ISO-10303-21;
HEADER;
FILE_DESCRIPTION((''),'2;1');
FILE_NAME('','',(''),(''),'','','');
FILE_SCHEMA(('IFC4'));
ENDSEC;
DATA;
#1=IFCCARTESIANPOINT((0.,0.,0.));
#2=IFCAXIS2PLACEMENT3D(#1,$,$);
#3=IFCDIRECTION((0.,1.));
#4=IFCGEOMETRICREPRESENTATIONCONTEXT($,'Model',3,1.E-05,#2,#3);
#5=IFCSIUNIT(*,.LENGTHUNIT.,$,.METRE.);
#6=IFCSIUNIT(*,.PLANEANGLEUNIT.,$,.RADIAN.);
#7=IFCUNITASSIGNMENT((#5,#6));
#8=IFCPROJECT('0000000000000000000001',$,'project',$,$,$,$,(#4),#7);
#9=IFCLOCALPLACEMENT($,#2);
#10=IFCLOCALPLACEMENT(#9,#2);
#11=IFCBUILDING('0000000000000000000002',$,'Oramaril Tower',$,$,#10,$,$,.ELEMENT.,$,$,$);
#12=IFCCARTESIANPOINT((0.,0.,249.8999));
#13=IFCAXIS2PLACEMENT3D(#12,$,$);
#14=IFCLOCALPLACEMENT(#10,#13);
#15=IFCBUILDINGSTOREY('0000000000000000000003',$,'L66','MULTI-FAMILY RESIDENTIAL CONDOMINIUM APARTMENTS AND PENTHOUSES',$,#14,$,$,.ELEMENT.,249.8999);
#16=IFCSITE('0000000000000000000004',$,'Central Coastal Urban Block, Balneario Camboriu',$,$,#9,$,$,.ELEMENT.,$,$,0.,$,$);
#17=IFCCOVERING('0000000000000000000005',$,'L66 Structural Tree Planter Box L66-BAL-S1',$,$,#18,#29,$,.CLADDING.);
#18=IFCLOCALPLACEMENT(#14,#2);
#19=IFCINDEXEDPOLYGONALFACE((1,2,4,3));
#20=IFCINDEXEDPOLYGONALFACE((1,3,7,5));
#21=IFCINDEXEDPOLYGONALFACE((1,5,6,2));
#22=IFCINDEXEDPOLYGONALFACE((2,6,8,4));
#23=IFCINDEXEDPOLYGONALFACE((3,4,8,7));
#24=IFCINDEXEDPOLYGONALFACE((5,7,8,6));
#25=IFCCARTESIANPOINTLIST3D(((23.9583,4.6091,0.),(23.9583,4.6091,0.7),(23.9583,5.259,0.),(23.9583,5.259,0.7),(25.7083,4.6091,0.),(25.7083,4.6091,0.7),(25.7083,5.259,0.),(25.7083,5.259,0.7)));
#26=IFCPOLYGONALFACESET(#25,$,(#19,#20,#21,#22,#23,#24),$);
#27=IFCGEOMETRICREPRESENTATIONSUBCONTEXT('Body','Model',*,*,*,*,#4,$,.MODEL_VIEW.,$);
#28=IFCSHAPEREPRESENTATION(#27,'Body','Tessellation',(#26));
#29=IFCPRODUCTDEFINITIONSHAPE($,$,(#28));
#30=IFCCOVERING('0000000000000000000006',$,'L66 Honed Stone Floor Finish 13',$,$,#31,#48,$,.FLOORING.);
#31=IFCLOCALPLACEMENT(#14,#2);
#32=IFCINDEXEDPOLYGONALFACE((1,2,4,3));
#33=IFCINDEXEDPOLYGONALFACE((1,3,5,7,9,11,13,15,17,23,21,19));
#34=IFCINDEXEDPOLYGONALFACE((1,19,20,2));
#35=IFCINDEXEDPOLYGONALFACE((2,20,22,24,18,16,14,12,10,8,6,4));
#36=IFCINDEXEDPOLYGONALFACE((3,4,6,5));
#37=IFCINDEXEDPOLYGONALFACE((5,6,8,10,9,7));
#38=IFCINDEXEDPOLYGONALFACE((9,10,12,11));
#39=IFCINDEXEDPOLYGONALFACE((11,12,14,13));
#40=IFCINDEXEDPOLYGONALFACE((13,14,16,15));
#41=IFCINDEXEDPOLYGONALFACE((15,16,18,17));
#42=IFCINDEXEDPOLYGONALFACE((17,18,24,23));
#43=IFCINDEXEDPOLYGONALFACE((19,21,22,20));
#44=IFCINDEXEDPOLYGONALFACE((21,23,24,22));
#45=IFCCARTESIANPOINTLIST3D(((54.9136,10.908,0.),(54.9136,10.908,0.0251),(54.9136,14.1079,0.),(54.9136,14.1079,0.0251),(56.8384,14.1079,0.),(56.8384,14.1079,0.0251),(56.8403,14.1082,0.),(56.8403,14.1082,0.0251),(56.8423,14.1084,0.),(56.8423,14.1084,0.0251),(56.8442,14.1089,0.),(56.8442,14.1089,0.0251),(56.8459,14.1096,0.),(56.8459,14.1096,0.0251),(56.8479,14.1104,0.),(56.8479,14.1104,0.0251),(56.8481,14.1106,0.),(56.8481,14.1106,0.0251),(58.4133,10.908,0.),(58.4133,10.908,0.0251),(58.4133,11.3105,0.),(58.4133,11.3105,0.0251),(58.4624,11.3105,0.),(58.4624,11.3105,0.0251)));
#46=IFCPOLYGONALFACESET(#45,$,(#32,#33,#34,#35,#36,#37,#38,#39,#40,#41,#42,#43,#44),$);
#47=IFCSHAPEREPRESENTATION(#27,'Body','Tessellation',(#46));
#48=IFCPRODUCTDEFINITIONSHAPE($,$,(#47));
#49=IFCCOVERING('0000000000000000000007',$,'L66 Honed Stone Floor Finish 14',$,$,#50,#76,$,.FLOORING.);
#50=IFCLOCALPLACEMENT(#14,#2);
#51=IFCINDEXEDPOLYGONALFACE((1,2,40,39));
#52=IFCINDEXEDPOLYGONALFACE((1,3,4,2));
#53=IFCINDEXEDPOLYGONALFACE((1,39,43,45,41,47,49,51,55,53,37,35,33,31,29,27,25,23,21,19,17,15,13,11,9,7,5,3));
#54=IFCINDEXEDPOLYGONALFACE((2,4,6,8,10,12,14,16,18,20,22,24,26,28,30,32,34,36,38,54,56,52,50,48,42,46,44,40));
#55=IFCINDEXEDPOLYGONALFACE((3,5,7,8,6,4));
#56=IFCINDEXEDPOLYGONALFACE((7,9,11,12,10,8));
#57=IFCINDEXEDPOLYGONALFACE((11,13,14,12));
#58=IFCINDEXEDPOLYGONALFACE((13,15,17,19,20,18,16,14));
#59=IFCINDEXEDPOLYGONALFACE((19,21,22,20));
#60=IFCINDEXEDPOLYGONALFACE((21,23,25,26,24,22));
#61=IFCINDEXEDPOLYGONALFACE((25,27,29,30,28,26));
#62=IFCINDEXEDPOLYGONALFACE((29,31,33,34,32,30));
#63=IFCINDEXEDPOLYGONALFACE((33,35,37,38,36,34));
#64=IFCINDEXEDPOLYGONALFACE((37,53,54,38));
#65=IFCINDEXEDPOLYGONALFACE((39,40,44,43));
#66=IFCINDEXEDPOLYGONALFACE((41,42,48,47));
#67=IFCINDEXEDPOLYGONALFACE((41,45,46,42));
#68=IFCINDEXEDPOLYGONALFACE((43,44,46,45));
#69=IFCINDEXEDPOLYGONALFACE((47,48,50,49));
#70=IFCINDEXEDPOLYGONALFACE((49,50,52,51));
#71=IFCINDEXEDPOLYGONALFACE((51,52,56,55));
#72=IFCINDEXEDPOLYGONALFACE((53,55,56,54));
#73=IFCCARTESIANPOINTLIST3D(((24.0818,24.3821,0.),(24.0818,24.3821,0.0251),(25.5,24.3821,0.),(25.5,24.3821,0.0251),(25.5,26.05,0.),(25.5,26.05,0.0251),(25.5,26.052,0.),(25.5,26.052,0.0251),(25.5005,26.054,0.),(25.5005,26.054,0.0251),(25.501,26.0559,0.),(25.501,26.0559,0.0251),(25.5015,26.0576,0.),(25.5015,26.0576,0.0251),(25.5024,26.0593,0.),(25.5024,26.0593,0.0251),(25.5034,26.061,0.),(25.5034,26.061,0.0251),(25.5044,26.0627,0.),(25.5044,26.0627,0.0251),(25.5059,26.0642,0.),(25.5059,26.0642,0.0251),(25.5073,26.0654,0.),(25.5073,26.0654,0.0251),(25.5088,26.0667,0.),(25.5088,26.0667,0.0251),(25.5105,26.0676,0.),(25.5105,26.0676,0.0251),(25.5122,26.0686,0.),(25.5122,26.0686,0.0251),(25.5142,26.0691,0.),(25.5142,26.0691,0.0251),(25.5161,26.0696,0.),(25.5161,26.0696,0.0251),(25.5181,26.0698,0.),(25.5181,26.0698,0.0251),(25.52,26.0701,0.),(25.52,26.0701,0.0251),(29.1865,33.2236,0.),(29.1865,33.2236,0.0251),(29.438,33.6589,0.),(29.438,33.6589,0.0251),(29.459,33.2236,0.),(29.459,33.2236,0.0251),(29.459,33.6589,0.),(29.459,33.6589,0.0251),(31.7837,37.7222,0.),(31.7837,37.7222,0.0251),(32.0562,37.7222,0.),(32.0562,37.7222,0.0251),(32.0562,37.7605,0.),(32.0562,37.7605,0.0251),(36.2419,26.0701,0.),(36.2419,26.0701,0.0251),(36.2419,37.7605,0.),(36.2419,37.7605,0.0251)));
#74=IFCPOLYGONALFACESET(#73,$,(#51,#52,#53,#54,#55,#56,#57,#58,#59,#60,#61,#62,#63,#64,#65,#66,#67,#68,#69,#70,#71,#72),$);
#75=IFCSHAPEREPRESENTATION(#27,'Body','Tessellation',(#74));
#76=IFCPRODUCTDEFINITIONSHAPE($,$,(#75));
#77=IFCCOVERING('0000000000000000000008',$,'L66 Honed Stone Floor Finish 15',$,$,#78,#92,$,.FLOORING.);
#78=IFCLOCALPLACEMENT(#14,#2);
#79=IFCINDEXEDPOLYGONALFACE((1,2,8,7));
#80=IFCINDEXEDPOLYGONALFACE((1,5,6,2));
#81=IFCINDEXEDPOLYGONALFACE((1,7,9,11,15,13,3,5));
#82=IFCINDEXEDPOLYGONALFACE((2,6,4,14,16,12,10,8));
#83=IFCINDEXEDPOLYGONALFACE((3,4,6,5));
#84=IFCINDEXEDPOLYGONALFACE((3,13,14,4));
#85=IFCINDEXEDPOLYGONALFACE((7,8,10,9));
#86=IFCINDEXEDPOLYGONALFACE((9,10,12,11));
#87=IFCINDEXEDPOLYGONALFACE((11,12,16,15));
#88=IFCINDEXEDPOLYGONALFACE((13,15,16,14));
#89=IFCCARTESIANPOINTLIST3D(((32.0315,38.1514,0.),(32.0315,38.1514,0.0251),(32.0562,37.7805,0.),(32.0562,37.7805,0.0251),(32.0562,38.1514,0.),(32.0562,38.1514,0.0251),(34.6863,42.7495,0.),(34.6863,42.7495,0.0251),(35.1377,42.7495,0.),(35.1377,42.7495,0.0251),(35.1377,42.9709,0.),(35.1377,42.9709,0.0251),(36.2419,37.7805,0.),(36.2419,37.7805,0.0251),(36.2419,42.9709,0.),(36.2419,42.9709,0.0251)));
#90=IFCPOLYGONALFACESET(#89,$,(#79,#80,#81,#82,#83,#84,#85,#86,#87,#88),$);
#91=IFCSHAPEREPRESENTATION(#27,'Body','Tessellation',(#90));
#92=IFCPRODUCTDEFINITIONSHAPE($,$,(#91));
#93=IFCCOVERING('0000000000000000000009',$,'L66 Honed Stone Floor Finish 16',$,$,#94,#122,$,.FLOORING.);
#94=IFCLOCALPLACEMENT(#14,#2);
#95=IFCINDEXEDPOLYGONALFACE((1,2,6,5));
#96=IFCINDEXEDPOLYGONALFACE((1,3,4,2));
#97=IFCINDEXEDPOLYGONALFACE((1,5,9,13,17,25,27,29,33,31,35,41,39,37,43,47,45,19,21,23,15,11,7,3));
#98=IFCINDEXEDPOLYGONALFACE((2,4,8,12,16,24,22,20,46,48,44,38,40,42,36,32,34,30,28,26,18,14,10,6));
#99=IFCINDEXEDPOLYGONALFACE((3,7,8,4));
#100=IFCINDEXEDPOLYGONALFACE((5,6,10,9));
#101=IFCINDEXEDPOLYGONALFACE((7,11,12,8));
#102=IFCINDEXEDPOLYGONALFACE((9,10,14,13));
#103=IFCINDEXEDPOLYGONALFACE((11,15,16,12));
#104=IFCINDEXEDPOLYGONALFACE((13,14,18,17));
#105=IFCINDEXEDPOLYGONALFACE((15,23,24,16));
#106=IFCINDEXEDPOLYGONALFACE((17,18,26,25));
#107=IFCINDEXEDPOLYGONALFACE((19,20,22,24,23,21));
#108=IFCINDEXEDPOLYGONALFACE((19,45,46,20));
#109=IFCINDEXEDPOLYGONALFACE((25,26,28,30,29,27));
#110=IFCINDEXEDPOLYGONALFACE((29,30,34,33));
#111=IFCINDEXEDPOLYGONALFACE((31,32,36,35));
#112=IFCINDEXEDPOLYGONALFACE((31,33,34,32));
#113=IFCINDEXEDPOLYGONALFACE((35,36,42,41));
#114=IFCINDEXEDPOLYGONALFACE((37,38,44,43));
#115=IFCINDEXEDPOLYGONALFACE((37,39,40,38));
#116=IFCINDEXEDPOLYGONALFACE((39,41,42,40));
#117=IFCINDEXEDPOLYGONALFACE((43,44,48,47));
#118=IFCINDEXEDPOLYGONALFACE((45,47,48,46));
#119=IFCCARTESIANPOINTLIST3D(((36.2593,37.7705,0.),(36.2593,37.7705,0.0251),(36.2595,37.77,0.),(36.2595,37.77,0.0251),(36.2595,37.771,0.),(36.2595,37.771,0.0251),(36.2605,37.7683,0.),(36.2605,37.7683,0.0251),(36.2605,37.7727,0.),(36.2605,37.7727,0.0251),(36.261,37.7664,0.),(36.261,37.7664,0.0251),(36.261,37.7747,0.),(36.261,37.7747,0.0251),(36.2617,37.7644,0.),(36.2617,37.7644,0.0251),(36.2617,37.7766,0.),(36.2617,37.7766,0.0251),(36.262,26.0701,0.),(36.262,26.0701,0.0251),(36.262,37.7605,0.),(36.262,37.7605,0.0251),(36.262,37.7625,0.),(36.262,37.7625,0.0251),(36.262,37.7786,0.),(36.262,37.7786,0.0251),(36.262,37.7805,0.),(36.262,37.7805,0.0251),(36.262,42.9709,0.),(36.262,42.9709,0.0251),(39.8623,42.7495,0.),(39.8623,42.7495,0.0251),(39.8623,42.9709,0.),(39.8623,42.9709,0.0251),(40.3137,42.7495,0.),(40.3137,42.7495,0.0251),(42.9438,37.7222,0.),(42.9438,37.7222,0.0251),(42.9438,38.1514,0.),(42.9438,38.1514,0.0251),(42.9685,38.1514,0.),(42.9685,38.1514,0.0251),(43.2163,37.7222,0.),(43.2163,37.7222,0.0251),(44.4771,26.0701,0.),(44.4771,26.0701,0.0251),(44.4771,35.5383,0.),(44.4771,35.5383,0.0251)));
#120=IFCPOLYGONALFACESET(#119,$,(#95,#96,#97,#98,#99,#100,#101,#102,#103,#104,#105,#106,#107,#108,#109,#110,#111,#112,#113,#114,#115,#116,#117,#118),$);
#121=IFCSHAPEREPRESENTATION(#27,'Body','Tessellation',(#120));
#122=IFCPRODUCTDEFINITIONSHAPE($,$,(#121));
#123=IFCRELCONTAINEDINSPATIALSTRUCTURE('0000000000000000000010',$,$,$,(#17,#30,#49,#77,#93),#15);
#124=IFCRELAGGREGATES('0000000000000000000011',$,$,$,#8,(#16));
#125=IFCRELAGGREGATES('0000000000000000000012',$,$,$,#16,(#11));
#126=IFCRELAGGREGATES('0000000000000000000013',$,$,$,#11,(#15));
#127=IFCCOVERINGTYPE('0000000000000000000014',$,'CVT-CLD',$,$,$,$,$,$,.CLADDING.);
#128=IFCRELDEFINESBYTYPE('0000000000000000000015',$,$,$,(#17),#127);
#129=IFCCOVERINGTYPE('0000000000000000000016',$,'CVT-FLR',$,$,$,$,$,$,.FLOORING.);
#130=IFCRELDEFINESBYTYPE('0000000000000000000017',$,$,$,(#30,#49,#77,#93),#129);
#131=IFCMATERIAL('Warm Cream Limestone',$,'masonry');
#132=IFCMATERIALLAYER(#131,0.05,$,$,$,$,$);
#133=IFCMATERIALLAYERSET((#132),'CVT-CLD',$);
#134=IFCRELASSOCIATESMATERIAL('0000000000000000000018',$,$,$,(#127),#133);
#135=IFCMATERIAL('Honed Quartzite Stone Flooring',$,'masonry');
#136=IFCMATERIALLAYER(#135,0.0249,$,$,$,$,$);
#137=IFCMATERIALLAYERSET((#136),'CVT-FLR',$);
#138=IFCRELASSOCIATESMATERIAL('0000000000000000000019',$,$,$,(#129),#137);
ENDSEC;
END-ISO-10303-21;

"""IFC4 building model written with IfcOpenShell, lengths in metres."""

from ifc_helpers import new_model, si_unit, direction, frame, origin, origin_2d, place, context, subcontext, project, spatial, polyline, rectangle, outline, extrude, material, layer, layer_set, type_object, element, save


model = new_model("IFC4")

# Units and contexts
model_context = context("Model", 3, precision=1e-05, world=origin(), true_north=direction((0.0, 1.0)))
body_context = subcontext(model_context, "Body", "Model", "MODEL_VIEW")
ifc_project = project(units=[si_unit("LENGTHUNIT", "METRE"), si_unit("PLANEANGLEUNIT", "RADIAN")], contexts=[model_context])

# Site, building, storey
site_placement = place(None, origin())
site = spatial("IfcSite", under=ifc_project, at=site_placement, Name="Central Coastal Urban Block, Balneario Camboriu", CompositionType="ELEMENT", RefElevation=0.0)
building_placement = place(site_placement, origin())
building = spatial("IfcBuilding", under=site, at=building_placement, Name="Oramaril Tower", CompositionType="ELEMENT")
storey_placement = place(building_placement, frame((0.0, 0.0, 249.8999)))
storey = spatial("IfcBuildingStorey", under=building, at=storey_placement, Name="L66", Description="MULTI-FAMILY RESIDENTIAL CONDOMINIUM APARTMENTS AND PENTHOUSES", CompositionType="ELEMENT", Elevation=249.8999)

# Coverings
ifc_material_1 = material(Name="Warm Cream Limestone", Category="masonry")
ifc_layer_1 = layer(ifc_material_1, 0.05)
ifc_layer_set_1 = layer_set([ifc_layer_1], Name="CVT-CLD")
covering_type_1 = type_object("IfcCoveringType", Name="CVT-CLD", PredefinedType="CLADDING", material=ifc_layer_set_1)
covering_1_placement = place(storey_placement, frame((24.8333, 4.9341, 0.0), z_axis=(0.0, 0.0, 1.0), x_axis=(1.0, 0.0, 0.0)))
element("IfcCovering", 1, at=covering_1_placement, inside=storey, type_object=covering_type_1, Name="L66 Structural Tree Planter Box L66-BAL-S1", PredefinedType="CLADDING", context=body_context, shape_type="SweptSolid", body=[
    extrude(rectangle(XDim=1.75, YDim=0.6499, at=origin_2d()), origin(), (0.0, 0.0, 1.0), 0.7),
])
ifc_material_2 = material(Name="Honed Quartzite Stone Flooring", Category="masonry")
ifc_layer_2 = layer(ifc_material_2, 0.0249)
ifc_layer_set_2 = layer_set([ifc_layer_2], Name="CVT-FLR")
covering_type_2 = type_object("IfcCoveringType", Name="CVT-FLR", PredefinedType="FLOORING", material=ifc_layer_set_2)
covering_2_placement = place(storey_placement, origin())
element("IfcCovering", 2, at=covering_2_placement, inside=storey, type_object=covering_type_2, Name="L66 Honed Stone Floor Finish 13", PredefinedType="FLOORING", context=body_context, shape_type="SweptSolid", body=[
    extrude(outline(polyline([(58.4133, 11.3105), (58.4133, 10.908), (54.9136, 10.908), (54.9136, 14.1079), (56.8384, 14.1079), (56.8403, 14.1082), (56.8423, 14.1084), (56.8442, 14.1089), (56.8459, 14.1096), (56.8479, 14.1104), (56.8481, 14.1106), (58.4624, 11.3105), (58.4133, 11.3105)])), origin(), (0.0, 0.0, 1.0), 0.0251),
])
covering_3_placement = place(storey_placement, origin())
element("IfcCovering", 3, at=covering_3_placement, inside=storey, type_object=covering_type_2, Name="L66 Honed Stone Floor Finish 14", PredefinedType="FLOORING", context=body_context, shape_type="SweptSolid", body=[
    extrude(outline(polyline([(29.1865, 33.2236), (29.459, 33.2236), (29.459, 33.6589), (29.438, 33.6589), (31.7837, 37.7222), (32.0562, 37.7222), (32.0562, 37.7605), (36.2419, 37.7605), (36.2419, 26.0701), (25.52, 26.0701), (25.5181, 26.0698), (25.5161, 26.0696), (25.5142, 26.0691), (25.5122, 26.0686), (25.5105, 26.0676), (25.5088, 26.0667), (25.5073, 26.0654), (25.5059, 26.0642), (25.5044, 26.0627), (25.5034, 26.061), (25.5024, 26.0593), (25.5015, 26.0576), (25.501, 26.0559), (25.5005, 26.054), (25.5, 26.052), (25.5, 26.05), (25.5, 24.3821), (24.0818, 24.3821), (29.1865, 33.2236)])), origin(), (0.0, 0.0, 1.0), 0.0251),
])
covering_4_placement = place(storey_placement, origin())
element("IfcCovering", 4, at=covering_4_placement, inside=storey, type_object=covering_type_2, Name="L66 Honed Stone Floor Finish 15", PredefinedType="FLOORING", context=body_context, shape_type="SweptSolid", body=[
    extrude(outline(polyline([(32.0562, 38.1514), (32.0315, 38.1514), (34.6863, 42.7495), (35.1377, 42.7495), (35.1377, 42.9709), (36.2419, 42.9709), (36.2419, 37.7805), (32.0562, 37.7805), (32.0562, 38.1514)])), origin(), (0.0, 0.0, 1.0), 0.0251),
])
covering_5_placement = place(storey_placement, origin())
element("IfcCovering", 5, at=covering_5_placement, inside=storey, type_object=covering_type_2, Name="L66 Honed Stone Floor Finish 16", PredefinedType="FLOORING", context=body_context, shape_type="SweptSolid", body=[
    extrude(outline(polyline([(39.8623, 42.9709), (39.8623, 42.7495), (40.3137, 42.7495), (42.9685, 38.1514), (42.9438, 38.1514), (42.9438, 37.7222), (43.2163, 37.7222), (44.4771, 35.5383), (44.4771, 26.0701), (36.262, 26.0701), (36.262, 37.7605), (36.262, 37.7625), (36.2617, 37.7644), (36.261, 37.7664), (36.2605, 37.7683), (36.2595, 37.77), (36.2593, 37.7705), (36.2595, 37.771), (36.2605, 37.7727), (36.261, 37.7747), (36.2617, 37.7766), (36.262, 37.7786), (36.262, 37.7805), (36.262, 42.9709), (39.8623, 42.9709)])), origin(), (0.0, 0.0, 1.0), 0.0251),
])

save(model, "model.ifc")
